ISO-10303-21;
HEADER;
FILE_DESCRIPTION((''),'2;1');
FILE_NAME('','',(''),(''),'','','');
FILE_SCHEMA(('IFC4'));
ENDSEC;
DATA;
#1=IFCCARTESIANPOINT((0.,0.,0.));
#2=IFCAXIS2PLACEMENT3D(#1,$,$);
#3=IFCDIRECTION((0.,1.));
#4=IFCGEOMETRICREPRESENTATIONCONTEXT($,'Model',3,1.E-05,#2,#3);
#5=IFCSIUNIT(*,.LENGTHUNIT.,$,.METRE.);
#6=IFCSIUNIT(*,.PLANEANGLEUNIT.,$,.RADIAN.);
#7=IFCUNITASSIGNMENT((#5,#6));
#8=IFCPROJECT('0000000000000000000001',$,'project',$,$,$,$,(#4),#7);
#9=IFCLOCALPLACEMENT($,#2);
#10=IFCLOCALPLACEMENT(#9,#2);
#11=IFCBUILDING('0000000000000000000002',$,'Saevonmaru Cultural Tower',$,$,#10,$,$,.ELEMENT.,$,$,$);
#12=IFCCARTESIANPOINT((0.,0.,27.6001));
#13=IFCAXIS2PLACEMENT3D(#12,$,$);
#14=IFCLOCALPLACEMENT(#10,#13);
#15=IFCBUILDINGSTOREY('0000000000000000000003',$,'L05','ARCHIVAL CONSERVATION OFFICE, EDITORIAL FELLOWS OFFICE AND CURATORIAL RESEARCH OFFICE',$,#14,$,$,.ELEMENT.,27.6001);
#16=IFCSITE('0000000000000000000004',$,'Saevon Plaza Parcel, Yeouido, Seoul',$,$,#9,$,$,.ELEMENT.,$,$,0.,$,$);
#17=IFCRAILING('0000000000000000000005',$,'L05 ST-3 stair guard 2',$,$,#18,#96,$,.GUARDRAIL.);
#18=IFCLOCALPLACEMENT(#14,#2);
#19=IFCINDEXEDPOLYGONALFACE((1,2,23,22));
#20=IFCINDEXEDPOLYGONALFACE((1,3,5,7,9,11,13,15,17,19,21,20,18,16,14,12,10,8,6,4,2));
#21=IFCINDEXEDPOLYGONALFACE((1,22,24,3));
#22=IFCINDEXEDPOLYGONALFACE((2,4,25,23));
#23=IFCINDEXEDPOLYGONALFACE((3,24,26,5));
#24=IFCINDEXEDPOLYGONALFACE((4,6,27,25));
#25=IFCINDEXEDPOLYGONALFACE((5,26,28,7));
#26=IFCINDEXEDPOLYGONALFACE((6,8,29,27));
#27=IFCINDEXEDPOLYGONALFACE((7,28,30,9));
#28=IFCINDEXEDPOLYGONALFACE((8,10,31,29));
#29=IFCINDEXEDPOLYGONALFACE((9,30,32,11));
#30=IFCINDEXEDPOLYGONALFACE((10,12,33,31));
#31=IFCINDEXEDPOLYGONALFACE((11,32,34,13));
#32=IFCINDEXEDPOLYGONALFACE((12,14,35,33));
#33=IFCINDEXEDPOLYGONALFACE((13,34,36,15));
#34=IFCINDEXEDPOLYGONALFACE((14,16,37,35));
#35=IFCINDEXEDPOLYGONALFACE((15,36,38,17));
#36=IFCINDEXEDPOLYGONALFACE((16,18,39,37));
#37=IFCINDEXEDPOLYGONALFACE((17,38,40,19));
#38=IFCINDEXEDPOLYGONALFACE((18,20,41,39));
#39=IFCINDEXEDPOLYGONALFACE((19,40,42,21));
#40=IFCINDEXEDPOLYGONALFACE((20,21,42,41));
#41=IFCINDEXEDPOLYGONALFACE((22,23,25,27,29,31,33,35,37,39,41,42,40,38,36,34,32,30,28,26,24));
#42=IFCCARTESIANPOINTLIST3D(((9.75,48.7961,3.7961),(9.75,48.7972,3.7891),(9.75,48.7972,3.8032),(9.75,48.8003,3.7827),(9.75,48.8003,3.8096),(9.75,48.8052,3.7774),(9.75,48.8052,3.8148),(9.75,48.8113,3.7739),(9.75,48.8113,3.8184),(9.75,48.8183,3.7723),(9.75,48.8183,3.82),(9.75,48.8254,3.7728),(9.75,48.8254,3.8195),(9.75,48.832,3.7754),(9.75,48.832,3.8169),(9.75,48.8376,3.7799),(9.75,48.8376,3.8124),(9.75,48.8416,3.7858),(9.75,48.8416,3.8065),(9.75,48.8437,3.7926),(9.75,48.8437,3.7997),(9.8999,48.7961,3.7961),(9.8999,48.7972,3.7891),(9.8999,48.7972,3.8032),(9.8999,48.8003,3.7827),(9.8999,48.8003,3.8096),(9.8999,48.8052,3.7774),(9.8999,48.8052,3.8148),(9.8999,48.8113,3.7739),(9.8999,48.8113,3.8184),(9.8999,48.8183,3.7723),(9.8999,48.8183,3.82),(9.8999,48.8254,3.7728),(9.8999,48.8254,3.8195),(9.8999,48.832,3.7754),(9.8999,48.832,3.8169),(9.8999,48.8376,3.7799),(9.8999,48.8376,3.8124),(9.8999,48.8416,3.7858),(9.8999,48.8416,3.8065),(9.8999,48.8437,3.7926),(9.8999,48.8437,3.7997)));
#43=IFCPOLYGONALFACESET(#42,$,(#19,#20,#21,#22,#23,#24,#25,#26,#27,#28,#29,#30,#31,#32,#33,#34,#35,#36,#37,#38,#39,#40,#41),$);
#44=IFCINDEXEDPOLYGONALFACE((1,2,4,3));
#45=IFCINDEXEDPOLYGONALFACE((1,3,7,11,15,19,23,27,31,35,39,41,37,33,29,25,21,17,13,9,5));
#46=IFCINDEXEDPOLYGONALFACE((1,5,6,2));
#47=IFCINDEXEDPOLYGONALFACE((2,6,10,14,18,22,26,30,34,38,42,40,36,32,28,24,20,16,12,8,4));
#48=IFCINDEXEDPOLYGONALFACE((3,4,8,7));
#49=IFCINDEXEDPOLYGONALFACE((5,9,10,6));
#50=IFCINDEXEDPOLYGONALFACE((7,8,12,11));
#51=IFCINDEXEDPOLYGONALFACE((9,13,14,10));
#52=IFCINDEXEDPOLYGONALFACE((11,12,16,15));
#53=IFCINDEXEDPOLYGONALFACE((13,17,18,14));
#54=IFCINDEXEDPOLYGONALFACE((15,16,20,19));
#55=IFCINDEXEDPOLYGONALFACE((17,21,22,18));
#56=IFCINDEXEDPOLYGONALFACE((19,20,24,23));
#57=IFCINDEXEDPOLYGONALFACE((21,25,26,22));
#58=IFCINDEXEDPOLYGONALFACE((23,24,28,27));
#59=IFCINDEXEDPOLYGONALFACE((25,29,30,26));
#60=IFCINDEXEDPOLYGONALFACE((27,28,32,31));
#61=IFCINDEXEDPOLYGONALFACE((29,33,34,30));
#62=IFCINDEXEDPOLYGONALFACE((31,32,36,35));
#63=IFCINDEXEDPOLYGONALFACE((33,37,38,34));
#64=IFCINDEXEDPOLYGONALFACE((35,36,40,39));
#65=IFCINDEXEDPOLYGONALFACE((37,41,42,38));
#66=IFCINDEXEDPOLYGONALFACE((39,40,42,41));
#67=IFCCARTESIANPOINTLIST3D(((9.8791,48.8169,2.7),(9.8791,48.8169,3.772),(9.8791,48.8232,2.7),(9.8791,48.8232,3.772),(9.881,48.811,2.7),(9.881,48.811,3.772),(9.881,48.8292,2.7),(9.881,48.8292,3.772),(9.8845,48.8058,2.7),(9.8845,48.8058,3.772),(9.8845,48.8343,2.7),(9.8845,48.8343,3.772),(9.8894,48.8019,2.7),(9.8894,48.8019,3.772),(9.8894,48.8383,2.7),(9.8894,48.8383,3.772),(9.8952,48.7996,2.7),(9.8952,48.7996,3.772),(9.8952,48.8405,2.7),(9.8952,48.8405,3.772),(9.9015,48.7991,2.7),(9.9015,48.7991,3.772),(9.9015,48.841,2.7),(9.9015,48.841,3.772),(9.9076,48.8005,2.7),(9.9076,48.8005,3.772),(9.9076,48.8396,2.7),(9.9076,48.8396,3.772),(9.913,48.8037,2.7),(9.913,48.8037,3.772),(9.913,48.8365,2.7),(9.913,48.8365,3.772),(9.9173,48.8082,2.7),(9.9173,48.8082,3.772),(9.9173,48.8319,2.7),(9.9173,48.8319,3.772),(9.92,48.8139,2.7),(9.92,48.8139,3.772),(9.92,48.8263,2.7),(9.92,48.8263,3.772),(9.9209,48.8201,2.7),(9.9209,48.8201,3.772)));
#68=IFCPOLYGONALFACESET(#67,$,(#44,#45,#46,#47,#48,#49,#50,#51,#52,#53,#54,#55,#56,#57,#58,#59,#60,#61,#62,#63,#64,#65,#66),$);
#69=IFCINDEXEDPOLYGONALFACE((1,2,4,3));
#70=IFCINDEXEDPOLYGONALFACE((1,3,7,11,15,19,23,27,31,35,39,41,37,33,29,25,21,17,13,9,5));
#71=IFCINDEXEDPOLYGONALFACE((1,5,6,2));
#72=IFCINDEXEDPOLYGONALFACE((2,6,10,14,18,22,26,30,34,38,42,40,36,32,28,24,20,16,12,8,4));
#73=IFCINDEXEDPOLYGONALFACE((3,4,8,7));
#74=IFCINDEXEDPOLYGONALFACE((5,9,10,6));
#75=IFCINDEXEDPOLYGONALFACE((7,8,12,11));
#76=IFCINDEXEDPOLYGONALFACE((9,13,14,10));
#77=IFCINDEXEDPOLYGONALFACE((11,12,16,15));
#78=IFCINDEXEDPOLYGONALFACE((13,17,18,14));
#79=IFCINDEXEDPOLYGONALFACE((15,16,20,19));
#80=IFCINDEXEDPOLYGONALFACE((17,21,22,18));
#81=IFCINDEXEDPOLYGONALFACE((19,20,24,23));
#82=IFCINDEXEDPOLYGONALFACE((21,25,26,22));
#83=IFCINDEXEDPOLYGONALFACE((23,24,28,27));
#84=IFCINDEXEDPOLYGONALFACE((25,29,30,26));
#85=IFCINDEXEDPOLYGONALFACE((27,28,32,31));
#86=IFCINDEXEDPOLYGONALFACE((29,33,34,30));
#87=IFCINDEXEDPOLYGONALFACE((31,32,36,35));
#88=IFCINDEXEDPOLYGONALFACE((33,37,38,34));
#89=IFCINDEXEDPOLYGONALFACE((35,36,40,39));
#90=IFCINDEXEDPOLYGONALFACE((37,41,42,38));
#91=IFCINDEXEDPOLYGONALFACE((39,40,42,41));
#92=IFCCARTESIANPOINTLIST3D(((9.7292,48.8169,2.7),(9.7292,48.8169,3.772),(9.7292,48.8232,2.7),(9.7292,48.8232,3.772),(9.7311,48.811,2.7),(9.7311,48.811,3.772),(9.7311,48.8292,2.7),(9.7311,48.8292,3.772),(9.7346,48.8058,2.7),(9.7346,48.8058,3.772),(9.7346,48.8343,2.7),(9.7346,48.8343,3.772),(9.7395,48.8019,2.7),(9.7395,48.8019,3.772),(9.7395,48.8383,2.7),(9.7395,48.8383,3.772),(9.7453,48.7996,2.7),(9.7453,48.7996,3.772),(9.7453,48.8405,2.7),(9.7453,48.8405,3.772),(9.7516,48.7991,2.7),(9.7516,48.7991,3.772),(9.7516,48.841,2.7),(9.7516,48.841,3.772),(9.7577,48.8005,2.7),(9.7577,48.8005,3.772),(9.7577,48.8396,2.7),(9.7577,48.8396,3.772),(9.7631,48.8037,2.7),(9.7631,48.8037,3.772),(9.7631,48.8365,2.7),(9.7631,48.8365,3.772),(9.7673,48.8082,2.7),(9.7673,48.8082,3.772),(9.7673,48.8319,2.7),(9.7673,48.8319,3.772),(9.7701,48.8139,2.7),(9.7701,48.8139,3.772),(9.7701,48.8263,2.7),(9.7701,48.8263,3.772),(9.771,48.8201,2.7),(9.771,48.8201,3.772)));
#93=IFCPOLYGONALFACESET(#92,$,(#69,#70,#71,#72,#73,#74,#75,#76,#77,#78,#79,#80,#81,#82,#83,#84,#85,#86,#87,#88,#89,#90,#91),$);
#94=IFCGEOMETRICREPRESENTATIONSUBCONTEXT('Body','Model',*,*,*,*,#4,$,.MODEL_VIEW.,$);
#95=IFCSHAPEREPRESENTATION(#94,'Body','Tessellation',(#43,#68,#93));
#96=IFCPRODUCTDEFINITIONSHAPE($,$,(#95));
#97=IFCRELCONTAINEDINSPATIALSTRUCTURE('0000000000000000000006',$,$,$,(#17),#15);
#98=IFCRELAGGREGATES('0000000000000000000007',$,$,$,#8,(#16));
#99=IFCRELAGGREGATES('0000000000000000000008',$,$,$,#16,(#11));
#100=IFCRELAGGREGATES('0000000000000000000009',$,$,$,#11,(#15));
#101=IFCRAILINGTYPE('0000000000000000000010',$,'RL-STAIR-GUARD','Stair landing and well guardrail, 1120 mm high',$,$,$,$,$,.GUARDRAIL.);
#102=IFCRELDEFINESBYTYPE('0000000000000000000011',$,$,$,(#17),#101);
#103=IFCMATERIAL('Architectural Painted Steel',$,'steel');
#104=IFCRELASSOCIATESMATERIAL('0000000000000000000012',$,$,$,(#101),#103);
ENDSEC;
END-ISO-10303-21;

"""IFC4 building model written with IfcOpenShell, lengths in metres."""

from ifc_helpers import new_model, si_unit, direction, frame, origin, origin_2d, place, context, subcontext, project, spatial, circle, extrude, material, type_object, element, save


model = new_model("IFC4")

# Units and contexts
model_context = context("Model", 3, precision=1e-05, world=origin(), true_north=direction((0.0, 1.0)))
body_context = subcontext(model_context, "Body", "Model", "MODEL_VIEW")
ifc_project = project(units=[si_unit("LENGTHUNIT", "METRE"), si_unit("PLANEANGLEUNIT", "RADIAN")], contexts=[model_context])

# Site, building, storey
site_placement = place(None, origin())
site = spatial("IfcSite", under=ifc_project, at=site_placement, Name="Saevon Plaza Parcel, Yeouido, Seoul", CompositionType="ELEMENT", RefElevation=0.0)
building_placement = place(site_placement, origin())
building = spatial("IfcBuilding", under=site, at=building_placement, Name="Saevonmaru Cultural Tower", CompositionType="ELEMENT")
storey_placement = place(building_placement, frame((0.0, 0.0, 27.6001)))
storey = spatial("IfcBuildingStorey", under=building, at=storey_placement, Name="L05", Description="ARCHIVAL CONSERVATION OFFICE, EDITORIAL FELLOWS OFFICE AND CURATORIAL RESEARCH OFFICE", CompositionType="ELEMENT", Elevation=27.6001)

# Railing
ifc_material_1 = material(Name="Architectural Painted Steel", Category="steel")
railing_type_1 = type_object("IfcRailingType", Name="RL-STAIR-GUARD", Description="Stair landing and well guardrail, 1120 mm high", PredefinedType="GUARDRAIL", material=ifc_material_1)
railing_1_placement = place(storey_placement, frame((9.8999, 48.8201, 2.7)))
element("IfcRailing", 1, at=railing_1_placement, inside=storey, type_object=railing_type_1, Name="L05 ST-3 stair guard 2", PredefinedType="GUARDRAIL", context=body_context, shape_type="SweptSolid", body=[
    extrude(circle(Radius=0.0239, at=origin_2d()), frame((0.0, 0.0, 1.0962), z_axis=(-1.0, 0.0, 0.0), x_axis=(0.0, -1.0, 0.0)), (0.0, 0.0, 1.0), 0.1499),
    extrude(circle(Radius=0.021, at=origin_2d()), origin(), (0.0, 0.0, 1.0), 1.072),
    extrude(circle(Radius=0.021, at=origin_2d()), frame((-0.1499, 0.0, 0.0)), (0.0, 0.0, 1.0), 1.072),
])

save(model, "model.ifc")
